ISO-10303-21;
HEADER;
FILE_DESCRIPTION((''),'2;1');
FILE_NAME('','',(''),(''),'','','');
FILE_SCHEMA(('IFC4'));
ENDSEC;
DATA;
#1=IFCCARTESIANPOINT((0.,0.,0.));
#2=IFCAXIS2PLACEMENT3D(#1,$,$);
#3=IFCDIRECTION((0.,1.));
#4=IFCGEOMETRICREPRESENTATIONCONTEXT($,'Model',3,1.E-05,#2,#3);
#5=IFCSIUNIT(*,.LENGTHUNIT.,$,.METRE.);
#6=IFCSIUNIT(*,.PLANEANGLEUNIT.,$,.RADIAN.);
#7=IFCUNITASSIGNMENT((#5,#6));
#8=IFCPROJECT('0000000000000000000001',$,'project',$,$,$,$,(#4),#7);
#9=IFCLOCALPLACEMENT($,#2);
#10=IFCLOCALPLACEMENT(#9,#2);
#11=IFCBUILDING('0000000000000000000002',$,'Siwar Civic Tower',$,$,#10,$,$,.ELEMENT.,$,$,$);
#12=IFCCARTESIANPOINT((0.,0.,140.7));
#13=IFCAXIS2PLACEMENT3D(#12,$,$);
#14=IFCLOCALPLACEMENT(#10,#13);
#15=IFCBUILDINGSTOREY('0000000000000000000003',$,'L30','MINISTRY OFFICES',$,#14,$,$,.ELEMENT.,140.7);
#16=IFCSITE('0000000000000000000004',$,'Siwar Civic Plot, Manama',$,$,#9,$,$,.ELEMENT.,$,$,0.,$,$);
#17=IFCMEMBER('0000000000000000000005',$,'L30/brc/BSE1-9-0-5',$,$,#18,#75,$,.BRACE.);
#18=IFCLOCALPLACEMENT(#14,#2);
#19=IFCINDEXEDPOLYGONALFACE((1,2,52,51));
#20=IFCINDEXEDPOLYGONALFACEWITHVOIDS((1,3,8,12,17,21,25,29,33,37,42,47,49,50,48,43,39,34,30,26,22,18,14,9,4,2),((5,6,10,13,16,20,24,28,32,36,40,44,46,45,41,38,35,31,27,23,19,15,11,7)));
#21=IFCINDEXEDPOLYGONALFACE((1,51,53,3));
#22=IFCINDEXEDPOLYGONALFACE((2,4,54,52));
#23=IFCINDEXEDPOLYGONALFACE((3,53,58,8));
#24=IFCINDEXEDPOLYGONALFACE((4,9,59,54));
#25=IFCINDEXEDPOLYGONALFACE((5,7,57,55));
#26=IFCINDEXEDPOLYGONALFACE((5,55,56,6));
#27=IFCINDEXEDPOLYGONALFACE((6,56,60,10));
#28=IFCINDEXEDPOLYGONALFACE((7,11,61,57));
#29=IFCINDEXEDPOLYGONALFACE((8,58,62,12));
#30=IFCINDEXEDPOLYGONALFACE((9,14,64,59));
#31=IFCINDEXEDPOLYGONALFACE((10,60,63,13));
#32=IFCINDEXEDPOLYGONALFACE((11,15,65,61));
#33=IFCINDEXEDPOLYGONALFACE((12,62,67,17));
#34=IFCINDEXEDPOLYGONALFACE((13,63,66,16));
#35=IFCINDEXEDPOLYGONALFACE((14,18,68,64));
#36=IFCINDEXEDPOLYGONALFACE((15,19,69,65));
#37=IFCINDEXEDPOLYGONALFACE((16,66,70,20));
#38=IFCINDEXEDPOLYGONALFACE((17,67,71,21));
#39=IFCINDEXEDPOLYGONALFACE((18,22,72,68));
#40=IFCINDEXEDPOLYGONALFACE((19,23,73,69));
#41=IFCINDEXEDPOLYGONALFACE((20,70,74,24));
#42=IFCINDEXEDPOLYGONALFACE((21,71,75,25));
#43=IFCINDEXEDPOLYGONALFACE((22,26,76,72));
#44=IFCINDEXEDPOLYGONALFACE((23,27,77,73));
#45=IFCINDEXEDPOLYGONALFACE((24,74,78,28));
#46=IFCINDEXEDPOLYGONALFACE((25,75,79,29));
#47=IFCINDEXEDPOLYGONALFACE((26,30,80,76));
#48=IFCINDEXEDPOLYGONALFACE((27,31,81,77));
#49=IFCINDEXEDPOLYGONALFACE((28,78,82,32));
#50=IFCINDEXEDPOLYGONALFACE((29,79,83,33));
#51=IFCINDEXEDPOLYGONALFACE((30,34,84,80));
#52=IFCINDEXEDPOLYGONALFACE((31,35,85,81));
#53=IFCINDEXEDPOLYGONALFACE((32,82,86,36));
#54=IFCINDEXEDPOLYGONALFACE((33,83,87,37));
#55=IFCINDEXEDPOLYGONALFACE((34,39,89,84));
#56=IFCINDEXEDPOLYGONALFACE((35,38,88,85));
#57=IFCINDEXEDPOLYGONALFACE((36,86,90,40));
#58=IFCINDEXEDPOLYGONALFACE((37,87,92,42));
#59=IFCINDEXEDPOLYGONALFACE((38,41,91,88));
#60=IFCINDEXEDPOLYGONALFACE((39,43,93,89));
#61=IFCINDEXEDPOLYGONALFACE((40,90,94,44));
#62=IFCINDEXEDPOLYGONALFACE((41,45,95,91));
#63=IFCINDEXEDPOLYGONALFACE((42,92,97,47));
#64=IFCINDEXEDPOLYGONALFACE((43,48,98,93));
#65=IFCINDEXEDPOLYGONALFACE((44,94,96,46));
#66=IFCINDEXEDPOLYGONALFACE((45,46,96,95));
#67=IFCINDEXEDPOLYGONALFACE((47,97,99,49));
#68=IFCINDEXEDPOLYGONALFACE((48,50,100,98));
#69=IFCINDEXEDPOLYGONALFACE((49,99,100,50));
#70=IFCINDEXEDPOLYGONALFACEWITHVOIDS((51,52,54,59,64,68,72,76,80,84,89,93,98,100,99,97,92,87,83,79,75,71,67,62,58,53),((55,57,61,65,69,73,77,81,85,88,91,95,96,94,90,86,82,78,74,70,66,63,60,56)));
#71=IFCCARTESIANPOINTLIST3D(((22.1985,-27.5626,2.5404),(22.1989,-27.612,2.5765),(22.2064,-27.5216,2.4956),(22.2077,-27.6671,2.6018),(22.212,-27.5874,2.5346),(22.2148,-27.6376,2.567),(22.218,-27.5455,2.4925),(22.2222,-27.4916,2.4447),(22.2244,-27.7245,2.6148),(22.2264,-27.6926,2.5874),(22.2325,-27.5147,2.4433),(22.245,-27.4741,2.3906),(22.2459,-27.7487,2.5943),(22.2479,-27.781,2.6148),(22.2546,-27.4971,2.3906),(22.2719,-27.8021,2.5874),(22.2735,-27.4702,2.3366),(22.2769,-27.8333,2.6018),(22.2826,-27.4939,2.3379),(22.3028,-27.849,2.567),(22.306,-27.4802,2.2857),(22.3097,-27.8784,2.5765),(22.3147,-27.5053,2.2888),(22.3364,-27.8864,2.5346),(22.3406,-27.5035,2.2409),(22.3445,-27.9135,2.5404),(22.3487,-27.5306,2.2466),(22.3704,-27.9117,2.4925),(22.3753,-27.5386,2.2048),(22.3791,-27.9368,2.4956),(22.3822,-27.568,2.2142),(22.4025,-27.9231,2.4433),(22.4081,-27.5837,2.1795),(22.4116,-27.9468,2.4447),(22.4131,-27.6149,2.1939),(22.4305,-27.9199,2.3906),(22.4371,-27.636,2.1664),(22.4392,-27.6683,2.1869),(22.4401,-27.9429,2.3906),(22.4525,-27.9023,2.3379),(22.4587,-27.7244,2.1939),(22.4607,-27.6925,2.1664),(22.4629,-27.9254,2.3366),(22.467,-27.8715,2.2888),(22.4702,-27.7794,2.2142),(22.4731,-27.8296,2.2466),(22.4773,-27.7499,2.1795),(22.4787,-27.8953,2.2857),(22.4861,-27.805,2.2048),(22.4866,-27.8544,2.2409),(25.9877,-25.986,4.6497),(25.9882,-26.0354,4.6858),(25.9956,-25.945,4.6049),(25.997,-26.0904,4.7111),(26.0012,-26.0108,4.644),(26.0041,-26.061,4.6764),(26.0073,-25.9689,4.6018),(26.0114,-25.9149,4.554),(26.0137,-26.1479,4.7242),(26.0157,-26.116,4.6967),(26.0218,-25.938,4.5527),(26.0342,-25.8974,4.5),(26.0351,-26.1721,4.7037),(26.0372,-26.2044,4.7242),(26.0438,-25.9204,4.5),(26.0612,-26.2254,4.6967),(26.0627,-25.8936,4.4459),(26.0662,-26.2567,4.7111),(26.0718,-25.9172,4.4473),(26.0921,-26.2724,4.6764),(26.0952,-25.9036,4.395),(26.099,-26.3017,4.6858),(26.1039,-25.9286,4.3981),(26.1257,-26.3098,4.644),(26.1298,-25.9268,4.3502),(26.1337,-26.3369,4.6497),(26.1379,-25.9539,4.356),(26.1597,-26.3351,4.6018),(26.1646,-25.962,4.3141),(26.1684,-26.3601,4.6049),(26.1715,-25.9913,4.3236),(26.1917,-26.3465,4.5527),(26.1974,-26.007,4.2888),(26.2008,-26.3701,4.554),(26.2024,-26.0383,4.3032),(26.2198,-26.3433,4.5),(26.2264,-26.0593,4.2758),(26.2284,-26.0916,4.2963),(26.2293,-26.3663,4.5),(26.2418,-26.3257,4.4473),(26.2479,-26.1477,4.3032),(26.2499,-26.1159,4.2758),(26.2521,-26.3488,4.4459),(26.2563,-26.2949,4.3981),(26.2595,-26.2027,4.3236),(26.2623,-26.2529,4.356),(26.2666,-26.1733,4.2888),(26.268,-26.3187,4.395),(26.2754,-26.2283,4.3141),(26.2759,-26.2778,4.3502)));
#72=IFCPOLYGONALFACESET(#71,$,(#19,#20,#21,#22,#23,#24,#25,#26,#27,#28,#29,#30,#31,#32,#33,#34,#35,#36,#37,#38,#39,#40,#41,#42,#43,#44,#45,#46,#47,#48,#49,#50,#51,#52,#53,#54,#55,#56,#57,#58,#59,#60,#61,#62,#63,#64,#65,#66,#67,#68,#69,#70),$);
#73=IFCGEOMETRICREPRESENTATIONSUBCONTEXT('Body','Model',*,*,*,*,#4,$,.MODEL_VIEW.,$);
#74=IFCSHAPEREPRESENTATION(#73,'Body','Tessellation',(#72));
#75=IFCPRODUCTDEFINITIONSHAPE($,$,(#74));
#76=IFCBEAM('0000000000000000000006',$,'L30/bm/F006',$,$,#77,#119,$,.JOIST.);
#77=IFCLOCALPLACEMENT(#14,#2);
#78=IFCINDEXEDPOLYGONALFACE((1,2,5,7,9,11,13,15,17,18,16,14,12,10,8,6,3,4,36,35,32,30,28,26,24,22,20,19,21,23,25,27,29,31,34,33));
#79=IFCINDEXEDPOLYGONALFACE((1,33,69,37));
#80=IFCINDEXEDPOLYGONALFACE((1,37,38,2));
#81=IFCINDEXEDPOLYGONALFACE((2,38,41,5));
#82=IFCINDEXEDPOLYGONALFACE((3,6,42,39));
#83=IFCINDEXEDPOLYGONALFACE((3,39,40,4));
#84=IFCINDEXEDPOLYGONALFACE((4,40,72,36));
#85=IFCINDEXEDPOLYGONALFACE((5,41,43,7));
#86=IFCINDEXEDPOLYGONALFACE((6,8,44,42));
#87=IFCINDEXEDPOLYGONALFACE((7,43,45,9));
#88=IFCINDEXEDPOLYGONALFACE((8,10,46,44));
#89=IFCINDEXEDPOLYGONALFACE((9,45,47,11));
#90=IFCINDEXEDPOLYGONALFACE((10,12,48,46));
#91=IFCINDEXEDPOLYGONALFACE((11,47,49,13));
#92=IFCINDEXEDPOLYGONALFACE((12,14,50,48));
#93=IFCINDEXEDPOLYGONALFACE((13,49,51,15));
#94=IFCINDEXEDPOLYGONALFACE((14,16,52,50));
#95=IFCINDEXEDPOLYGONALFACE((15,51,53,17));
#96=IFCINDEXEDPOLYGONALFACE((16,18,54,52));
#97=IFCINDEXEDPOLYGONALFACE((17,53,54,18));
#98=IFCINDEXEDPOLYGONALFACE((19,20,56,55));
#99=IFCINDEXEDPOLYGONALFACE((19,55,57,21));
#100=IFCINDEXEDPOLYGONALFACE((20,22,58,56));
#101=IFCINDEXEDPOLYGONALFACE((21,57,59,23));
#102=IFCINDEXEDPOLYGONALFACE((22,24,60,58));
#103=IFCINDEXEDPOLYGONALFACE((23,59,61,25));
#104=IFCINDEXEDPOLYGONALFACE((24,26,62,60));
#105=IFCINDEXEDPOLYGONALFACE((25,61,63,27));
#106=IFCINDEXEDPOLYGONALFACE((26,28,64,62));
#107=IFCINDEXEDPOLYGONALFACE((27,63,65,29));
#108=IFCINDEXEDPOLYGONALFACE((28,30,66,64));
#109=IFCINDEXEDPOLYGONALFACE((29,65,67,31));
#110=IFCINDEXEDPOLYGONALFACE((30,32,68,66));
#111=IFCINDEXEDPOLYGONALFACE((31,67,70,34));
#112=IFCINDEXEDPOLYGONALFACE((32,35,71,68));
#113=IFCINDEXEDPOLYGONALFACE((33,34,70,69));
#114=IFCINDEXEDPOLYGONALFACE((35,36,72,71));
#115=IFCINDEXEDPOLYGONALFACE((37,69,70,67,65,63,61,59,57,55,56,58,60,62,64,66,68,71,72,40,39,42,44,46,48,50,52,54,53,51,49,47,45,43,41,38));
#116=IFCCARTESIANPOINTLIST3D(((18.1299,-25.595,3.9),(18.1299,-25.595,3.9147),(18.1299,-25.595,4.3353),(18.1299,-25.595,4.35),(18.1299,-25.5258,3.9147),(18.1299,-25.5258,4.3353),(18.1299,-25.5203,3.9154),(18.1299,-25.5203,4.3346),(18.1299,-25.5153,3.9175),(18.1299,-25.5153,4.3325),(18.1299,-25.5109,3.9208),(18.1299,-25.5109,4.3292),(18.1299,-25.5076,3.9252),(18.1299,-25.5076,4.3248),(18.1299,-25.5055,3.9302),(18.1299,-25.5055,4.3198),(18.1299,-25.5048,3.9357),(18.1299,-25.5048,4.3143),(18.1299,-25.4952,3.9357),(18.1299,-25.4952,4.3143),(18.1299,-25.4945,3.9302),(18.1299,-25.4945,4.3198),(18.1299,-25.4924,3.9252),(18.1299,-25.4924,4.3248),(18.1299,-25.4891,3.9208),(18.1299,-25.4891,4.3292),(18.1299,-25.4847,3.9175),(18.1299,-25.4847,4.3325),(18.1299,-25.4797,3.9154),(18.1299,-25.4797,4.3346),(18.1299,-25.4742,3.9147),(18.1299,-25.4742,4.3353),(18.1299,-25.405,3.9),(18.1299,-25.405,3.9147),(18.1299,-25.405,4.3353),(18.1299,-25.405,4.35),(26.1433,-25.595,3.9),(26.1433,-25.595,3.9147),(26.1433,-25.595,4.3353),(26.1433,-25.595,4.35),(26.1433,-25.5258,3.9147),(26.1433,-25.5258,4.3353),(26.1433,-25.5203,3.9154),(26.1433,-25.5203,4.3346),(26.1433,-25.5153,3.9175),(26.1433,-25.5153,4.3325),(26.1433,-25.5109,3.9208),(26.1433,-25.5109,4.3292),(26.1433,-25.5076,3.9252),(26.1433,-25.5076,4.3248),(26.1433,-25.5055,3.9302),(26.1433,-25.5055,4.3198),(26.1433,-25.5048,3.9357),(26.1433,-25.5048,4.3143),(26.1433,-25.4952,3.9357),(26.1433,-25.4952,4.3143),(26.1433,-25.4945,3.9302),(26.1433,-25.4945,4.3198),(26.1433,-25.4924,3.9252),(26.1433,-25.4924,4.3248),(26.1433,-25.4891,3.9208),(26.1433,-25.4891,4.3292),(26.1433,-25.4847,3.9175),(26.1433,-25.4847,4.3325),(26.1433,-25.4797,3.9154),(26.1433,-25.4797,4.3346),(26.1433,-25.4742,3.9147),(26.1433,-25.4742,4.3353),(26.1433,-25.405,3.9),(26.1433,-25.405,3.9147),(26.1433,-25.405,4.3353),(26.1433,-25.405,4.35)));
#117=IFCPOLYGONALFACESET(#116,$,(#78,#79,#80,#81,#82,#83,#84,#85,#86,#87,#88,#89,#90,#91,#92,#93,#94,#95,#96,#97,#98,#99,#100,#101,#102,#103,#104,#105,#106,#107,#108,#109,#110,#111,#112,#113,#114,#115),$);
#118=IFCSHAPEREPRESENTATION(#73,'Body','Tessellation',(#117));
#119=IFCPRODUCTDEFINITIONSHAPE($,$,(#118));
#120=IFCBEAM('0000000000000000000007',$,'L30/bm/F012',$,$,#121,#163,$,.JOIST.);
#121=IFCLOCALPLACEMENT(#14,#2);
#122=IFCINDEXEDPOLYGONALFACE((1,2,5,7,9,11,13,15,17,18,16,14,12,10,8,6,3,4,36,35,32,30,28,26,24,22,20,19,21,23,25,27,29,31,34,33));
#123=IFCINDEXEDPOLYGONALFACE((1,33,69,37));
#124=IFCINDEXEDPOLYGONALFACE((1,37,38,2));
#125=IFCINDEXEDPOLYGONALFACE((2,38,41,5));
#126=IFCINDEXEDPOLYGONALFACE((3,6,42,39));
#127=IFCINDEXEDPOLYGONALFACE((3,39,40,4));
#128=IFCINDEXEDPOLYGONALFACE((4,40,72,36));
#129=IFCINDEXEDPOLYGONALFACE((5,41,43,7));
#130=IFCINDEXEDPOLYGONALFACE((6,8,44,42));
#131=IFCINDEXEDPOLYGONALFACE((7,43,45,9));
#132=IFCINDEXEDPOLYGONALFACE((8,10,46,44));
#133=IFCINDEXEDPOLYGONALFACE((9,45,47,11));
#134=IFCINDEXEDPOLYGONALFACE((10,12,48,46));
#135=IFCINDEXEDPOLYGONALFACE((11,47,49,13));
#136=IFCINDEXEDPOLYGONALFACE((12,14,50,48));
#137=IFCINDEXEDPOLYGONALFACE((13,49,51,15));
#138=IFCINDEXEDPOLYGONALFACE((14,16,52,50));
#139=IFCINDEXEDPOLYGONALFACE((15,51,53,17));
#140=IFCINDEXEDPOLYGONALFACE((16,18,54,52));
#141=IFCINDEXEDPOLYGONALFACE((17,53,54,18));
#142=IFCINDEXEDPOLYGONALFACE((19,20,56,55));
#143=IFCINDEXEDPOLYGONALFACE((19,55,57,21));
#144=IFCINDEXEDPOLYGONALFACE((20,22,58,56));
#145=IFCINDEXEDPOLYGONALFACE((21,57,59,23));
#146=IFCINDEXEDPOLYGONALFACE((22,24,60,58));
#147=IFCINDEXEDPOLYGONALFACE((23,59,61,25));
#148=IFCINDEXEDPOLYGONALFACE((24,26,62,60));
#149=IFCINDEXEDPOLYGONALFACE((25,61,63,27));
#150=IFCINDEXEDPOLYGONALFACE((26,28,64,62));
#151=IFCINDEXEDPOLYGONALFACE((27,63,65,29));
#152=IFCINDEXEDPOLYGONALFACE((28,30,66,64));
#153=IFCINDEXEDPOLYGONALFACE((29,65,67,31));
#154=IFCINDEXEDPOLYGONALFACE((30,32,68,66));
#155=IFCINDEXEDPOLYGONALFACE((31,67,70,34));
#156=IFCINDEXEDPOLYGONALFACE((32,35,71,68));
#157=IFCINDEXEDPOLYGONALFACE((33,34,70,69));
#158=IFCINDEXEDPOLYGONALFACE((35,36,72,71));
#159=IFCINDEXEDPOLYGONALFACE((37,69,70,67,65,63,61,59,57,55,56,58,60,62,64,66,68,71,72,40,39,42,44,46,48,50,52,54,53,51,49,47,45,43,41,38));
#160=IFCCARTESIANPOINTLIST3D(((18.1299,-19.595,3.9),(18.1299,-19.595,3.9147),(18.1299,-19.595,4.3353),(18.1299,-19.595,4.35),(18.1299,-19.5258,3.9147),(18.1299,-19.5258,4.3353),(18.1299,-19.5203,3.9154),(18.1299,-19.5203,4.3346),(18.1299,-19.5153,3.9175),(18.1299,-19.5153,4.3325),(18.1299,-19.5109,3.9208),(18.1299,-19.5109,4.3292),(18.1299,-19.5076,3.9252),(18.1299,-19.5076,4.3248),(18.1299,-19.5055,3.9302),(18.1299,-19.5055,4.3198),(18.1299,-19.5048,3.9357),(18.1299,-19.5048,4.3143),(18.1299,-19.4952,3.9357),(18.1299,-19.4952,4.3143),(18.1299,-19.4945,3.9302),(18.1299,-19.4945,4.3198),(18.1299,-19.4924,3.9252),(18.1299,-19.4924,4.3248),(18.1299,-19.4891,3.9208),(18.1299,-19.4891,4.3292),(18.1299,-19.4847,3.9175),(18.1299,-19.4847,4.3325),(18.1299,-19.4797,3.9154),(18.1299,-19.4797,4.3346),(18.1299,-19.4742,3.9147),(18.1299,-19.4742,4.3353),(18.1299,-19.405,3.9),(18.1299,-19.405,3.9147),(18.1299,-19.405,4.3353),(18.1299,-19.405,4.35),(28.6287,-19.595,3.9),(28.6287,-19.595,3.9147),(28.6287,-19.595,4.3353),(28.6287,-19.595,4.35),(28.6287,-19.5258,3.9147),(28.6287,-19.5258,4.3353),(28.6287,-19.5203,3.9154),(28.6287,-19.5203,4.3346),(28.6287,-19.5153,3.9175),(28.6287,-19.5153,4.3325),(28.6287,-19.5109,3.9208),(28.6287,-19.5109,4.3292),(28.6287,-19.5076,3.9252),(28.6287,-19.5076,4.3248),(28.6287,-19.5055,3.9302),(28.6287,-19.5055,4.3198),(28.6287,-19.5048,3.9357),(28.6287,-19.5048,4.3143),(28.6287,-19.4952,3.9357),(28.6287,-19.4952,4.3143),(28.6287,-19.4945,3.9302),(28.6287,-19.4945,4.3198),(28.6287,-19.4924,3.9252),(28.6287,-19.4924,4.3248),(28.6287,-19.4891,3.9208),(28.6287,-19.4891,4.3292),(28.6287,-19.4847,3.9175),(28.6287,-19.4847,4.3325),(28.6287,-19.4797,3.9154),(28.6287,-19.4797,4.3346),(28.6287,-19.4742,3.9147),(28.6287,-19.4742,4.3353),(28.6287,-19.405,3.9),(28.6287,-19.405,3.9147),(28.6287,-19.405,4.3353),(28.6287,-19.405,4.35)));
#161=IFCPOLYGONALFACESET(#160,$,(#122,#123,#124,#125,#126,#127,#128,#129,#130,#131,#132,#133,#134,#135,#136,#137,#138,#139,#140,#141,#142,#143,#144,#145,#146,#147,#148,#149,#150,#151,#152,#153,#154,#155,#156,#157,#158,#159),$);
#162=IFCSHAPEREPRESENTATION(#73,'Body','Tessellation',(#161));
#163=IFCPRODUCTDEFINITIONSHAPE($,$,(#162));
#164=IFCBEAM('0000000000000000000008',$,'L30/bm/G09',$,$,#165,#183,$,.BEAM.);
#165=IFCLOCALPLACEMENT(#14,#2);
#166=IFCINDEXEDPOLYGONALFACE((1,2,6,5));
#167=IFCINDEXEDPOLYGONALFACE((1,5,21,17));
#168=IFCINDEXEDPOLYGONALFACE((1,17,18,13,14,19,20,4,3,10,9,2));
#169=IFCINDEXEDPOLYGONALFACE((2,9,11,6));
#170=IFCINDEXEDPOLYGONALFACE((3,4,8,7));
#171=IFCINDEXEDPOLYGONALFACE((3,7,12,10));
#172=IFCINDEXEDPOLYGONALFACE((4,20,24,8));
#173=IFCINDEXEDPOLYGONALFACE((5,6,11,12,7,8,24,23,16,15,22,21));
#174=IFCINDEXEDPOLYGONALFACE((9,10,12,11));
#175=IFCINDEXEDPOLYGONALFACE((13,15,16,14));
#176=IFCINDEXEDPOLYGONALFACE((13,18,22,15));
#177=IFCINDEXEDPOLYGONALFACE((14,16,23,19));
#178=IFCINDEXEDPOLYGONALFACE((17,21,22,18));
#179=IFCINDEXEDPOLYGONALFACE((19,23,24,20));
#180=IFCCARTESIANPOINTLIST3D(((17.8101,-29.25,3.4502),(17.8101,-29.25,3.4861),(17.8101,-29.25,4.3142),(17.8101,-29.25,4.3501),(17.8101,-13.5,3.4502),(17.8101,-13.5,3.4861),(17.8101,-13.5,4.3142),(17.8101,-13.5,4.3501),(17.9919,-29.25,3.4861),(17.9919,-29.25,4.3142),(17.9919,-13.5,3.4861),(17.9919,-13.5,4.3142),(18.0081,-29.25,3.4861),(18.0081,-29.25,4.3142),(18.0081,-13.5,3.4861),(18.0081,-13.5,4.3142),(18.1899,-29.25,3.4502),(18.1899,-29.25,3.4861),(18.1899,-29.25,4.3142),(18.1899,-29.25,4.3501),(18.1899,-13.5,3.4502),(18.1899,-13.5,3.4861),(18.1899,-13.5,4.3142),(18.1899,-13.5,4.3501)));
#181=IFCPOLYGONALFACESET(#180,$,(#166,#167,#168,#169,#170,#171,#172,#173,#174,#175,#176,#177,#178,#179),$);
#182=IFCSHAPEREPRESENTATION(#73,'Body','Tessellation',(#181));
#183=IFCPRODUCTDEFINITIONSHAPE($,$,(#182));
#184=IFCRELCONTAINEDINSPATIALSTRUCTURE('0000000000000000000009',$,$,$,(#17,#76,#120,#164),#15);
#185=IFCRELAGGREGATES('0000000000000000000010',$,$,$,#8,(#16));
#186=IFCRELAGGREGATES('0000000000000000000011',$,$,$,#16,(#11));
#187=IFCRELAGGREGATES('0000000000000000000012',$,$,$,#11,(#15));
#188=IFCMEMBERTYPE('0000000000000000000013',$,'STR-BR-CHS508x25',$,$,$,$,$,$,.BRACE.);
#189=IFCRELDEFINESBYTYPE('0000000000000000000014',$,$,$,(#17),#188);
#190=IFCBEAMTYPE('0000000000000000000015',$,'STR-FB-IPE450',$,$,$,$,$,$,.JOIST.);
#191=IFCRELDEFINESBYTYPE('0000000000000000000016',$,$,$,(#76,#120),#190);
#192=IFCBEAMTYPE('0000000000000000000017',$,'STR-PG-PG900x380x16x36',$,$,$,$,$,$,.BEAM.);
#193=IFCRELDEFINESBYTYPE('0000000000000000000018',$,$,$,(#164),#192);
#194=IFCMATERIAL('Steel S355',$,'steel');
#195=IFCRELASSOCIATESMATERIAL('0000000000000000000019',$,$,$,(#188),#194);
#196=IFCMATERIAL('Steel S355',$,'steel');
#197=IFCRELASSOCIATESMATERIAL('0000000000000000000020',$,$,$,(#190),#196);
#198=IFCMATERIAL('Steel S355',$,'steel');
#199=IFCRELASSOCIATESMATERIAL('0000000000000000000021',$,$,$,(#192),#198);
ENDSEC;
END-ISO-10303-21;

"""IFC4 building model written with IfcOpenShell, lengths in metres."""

from ifc_helpers import new_model, si_unit, direction, frame, origin, origin_2d, place, context, subcontext, project, spatial, hollow_circle, i_section, extrude, material, material_profile, profile_set, type_object, element, save


model = new_model("IFC4")

# Units and contexts
model_context = context("Model", 3, precision=1e-05, world=origin(), true_north=direction((0.0, 1.0)))
body_context = subcontext(model_context, "Body", "Model", "MODEL_VIEW")
ifc_project = project(units=[si_unit("LENGTHUNIT", "METRE"), si_unit("PLANEANGLEUNIT", "RADIAN")], contexts=[model_context])

# Site, building, storey
site_placement = place(None, origin())
site = spatial("IfcSite", under=ifc_project, at=site_placement, Name="Siwar Civic Plot, Manama", CompositionType="ELEMENT", RefElevation=0.0)
building_placement = place(site_placement, origin())
building = spatial("IfcBuilding", under=site, at=building_placement, Name="Siwar Civic Tower", CompositionType="ELEMENT")
storey_placement = place(building_placement, frame((0.0, 0.0, 140.7)))
storey = spatial("IfcBuildingStorey", under=building, at=storey_placement, Name="L30", Description="MINISTRY OFFICES", CompositionType="ELEMENT", Elevation=140.7)

# Member
ifc_material_1 = material(Name="Steel S355", Category="steel")
ifc_material_profile_1 = material_profile(ifc_material_1, hollow_circle(Radius=0.2539, WallThickness=0.0249, at=origin_2d()), Name="CHS508x25")
ifc_profile_set_1 = profile_set([ifc_material_profile_1], Name="Steel S355")
member_type_1 = type_object("IfcMemberType", Name="STR-BR-CHS508x25", PredefinedType="BRACE", material=ifc_profile_set_1)
for number, where, z_axis, x_axis, name in (
    (1, (22.3425, -27.7085, 2.3906), (0.821163, 0.341671, 0.457113), (-0.384155, 0.923269, 0.0), "L30/brc/BSE1-9-0-5"),
):
    element("IfcMember", number, at=place(storey_placement, frame(where, z_axis=z_axis, x_axis=x_axis)), inside=storey, type_object=member_type_1, Name=name, PredefinedType="BRACE", context=body_context, shape_type="SweptSolid", body=[
        extrude(hollow_circle(Radius=0.2539, WallThickness=0.0249, at=origin_2d()), origin(), (0.0, 0.0, 1.0), 4.6145),
    ])

# Beams
ifc_material_2 = material(Name="Steel S355", Category="steel")
ifc_material_profile_2 = material_profile(ifc_material_2, i_section(OverallWidth=0.1899, OverallDepth=0.45, WebThickness=0.0095, FlangeThickness=0.0146, FilletRadius=0.021, at=origin_2d()), Name="IPE450")
ifc_profile_set_2 = profile_set([ifc_material_profile_2], Name="Steel S355")
beam_type_1 = type_object("IfcBeamType", Name="STR-FB-IPE450", PredefinedType="JOIST", material=ifc_profile_set_2)
beam_1_placement = place(storey_placement, frame((18.1299, -25.5, 4.125), z_axis=(1.0, 0.0, 0.0), x_axis=(0.0, 1.0, 0.0)))
element("IfcBeam", 2, at=beam_1_placement, inside=storey, type_object=beam_type_1, Name="L30/bm/F006", PredefinedType="JOIST", context=body_context, shape_type="SweptSolid", body=[
    extrude(i_section(OverallWidth=0.1899, OverallDepth=0.45, WebThickness=0.0095, FlangeThickness=0.0146, FilletRadius=0.021, at=origin_2d()), origin(), (0.0, 0.0, 1.0), 8.0134),
])
beam_2_placement = place(storey_placement, frame((18.1299, -19.5, 4.125), z_axis=(1.0, 0.0, 0.0), x_axis=(0.0, 1.0, 0.0)))
element("IfcBeam", 3, at=beam_2_placement, inside=storey, type_object=beam_type_1, Name="L30/bm/F012", PredefinedType="JOIST", context=body_context, shape_type="SweptSolid", body=[
    extrude(i_section(OverallWidth=0.1899, OverallDepth=0.45, WebThickness=0.0095, FlangeThickness=0.0146, FilletRadius=0.021, at=origin_2d()), origin(), (0.0, 0.0, 1.0), 10.4988),
])
ifc_material_3 = material(Name="Steel S355", Category="steel")
ifc_material_profile_3 = material_profile(ifc_material_3, i_section(OverallWidth=0.3799, OverallDepth=0.8999, WebThickness=0.0161, FlangeThickness=0.0359, at=origin_2d()), Name="PG900x380x16x36")
ifc_profile_set_3 = profile_set([ifc_material_profile_3], Name="Steel S355")
beam_type_2 = type_object("IfcBeamType", Name="STR-PG-PG900x380x16x36", PredefinedType="BEAM", material=ifc_profile_set_3)
beam_3_placement = place(storey_placement, frame((18.0, -29.25, 3.9001), z_axis=(0.0, 1.0, 0.0), x_axis=(-1.0, 0.0, 0.0)))
element("IfcBeam", 4, at=beam_3_placement, inside=storey, type_object=beam_type_2, Name="L30/bm/G09", PredefinedType="BEAM", context=body_context, shape_type="SweptSolid", body=[
    extrude(i_section(OverallWidth=0.3799, OverallDepth=0.8999, WebThickness=0.0161, FlangeThickness=0.0359, at=origin_2d()), origin(), (0.0, 0.0, 1.0), 15.75),
])

save(model, "model.ifc")
